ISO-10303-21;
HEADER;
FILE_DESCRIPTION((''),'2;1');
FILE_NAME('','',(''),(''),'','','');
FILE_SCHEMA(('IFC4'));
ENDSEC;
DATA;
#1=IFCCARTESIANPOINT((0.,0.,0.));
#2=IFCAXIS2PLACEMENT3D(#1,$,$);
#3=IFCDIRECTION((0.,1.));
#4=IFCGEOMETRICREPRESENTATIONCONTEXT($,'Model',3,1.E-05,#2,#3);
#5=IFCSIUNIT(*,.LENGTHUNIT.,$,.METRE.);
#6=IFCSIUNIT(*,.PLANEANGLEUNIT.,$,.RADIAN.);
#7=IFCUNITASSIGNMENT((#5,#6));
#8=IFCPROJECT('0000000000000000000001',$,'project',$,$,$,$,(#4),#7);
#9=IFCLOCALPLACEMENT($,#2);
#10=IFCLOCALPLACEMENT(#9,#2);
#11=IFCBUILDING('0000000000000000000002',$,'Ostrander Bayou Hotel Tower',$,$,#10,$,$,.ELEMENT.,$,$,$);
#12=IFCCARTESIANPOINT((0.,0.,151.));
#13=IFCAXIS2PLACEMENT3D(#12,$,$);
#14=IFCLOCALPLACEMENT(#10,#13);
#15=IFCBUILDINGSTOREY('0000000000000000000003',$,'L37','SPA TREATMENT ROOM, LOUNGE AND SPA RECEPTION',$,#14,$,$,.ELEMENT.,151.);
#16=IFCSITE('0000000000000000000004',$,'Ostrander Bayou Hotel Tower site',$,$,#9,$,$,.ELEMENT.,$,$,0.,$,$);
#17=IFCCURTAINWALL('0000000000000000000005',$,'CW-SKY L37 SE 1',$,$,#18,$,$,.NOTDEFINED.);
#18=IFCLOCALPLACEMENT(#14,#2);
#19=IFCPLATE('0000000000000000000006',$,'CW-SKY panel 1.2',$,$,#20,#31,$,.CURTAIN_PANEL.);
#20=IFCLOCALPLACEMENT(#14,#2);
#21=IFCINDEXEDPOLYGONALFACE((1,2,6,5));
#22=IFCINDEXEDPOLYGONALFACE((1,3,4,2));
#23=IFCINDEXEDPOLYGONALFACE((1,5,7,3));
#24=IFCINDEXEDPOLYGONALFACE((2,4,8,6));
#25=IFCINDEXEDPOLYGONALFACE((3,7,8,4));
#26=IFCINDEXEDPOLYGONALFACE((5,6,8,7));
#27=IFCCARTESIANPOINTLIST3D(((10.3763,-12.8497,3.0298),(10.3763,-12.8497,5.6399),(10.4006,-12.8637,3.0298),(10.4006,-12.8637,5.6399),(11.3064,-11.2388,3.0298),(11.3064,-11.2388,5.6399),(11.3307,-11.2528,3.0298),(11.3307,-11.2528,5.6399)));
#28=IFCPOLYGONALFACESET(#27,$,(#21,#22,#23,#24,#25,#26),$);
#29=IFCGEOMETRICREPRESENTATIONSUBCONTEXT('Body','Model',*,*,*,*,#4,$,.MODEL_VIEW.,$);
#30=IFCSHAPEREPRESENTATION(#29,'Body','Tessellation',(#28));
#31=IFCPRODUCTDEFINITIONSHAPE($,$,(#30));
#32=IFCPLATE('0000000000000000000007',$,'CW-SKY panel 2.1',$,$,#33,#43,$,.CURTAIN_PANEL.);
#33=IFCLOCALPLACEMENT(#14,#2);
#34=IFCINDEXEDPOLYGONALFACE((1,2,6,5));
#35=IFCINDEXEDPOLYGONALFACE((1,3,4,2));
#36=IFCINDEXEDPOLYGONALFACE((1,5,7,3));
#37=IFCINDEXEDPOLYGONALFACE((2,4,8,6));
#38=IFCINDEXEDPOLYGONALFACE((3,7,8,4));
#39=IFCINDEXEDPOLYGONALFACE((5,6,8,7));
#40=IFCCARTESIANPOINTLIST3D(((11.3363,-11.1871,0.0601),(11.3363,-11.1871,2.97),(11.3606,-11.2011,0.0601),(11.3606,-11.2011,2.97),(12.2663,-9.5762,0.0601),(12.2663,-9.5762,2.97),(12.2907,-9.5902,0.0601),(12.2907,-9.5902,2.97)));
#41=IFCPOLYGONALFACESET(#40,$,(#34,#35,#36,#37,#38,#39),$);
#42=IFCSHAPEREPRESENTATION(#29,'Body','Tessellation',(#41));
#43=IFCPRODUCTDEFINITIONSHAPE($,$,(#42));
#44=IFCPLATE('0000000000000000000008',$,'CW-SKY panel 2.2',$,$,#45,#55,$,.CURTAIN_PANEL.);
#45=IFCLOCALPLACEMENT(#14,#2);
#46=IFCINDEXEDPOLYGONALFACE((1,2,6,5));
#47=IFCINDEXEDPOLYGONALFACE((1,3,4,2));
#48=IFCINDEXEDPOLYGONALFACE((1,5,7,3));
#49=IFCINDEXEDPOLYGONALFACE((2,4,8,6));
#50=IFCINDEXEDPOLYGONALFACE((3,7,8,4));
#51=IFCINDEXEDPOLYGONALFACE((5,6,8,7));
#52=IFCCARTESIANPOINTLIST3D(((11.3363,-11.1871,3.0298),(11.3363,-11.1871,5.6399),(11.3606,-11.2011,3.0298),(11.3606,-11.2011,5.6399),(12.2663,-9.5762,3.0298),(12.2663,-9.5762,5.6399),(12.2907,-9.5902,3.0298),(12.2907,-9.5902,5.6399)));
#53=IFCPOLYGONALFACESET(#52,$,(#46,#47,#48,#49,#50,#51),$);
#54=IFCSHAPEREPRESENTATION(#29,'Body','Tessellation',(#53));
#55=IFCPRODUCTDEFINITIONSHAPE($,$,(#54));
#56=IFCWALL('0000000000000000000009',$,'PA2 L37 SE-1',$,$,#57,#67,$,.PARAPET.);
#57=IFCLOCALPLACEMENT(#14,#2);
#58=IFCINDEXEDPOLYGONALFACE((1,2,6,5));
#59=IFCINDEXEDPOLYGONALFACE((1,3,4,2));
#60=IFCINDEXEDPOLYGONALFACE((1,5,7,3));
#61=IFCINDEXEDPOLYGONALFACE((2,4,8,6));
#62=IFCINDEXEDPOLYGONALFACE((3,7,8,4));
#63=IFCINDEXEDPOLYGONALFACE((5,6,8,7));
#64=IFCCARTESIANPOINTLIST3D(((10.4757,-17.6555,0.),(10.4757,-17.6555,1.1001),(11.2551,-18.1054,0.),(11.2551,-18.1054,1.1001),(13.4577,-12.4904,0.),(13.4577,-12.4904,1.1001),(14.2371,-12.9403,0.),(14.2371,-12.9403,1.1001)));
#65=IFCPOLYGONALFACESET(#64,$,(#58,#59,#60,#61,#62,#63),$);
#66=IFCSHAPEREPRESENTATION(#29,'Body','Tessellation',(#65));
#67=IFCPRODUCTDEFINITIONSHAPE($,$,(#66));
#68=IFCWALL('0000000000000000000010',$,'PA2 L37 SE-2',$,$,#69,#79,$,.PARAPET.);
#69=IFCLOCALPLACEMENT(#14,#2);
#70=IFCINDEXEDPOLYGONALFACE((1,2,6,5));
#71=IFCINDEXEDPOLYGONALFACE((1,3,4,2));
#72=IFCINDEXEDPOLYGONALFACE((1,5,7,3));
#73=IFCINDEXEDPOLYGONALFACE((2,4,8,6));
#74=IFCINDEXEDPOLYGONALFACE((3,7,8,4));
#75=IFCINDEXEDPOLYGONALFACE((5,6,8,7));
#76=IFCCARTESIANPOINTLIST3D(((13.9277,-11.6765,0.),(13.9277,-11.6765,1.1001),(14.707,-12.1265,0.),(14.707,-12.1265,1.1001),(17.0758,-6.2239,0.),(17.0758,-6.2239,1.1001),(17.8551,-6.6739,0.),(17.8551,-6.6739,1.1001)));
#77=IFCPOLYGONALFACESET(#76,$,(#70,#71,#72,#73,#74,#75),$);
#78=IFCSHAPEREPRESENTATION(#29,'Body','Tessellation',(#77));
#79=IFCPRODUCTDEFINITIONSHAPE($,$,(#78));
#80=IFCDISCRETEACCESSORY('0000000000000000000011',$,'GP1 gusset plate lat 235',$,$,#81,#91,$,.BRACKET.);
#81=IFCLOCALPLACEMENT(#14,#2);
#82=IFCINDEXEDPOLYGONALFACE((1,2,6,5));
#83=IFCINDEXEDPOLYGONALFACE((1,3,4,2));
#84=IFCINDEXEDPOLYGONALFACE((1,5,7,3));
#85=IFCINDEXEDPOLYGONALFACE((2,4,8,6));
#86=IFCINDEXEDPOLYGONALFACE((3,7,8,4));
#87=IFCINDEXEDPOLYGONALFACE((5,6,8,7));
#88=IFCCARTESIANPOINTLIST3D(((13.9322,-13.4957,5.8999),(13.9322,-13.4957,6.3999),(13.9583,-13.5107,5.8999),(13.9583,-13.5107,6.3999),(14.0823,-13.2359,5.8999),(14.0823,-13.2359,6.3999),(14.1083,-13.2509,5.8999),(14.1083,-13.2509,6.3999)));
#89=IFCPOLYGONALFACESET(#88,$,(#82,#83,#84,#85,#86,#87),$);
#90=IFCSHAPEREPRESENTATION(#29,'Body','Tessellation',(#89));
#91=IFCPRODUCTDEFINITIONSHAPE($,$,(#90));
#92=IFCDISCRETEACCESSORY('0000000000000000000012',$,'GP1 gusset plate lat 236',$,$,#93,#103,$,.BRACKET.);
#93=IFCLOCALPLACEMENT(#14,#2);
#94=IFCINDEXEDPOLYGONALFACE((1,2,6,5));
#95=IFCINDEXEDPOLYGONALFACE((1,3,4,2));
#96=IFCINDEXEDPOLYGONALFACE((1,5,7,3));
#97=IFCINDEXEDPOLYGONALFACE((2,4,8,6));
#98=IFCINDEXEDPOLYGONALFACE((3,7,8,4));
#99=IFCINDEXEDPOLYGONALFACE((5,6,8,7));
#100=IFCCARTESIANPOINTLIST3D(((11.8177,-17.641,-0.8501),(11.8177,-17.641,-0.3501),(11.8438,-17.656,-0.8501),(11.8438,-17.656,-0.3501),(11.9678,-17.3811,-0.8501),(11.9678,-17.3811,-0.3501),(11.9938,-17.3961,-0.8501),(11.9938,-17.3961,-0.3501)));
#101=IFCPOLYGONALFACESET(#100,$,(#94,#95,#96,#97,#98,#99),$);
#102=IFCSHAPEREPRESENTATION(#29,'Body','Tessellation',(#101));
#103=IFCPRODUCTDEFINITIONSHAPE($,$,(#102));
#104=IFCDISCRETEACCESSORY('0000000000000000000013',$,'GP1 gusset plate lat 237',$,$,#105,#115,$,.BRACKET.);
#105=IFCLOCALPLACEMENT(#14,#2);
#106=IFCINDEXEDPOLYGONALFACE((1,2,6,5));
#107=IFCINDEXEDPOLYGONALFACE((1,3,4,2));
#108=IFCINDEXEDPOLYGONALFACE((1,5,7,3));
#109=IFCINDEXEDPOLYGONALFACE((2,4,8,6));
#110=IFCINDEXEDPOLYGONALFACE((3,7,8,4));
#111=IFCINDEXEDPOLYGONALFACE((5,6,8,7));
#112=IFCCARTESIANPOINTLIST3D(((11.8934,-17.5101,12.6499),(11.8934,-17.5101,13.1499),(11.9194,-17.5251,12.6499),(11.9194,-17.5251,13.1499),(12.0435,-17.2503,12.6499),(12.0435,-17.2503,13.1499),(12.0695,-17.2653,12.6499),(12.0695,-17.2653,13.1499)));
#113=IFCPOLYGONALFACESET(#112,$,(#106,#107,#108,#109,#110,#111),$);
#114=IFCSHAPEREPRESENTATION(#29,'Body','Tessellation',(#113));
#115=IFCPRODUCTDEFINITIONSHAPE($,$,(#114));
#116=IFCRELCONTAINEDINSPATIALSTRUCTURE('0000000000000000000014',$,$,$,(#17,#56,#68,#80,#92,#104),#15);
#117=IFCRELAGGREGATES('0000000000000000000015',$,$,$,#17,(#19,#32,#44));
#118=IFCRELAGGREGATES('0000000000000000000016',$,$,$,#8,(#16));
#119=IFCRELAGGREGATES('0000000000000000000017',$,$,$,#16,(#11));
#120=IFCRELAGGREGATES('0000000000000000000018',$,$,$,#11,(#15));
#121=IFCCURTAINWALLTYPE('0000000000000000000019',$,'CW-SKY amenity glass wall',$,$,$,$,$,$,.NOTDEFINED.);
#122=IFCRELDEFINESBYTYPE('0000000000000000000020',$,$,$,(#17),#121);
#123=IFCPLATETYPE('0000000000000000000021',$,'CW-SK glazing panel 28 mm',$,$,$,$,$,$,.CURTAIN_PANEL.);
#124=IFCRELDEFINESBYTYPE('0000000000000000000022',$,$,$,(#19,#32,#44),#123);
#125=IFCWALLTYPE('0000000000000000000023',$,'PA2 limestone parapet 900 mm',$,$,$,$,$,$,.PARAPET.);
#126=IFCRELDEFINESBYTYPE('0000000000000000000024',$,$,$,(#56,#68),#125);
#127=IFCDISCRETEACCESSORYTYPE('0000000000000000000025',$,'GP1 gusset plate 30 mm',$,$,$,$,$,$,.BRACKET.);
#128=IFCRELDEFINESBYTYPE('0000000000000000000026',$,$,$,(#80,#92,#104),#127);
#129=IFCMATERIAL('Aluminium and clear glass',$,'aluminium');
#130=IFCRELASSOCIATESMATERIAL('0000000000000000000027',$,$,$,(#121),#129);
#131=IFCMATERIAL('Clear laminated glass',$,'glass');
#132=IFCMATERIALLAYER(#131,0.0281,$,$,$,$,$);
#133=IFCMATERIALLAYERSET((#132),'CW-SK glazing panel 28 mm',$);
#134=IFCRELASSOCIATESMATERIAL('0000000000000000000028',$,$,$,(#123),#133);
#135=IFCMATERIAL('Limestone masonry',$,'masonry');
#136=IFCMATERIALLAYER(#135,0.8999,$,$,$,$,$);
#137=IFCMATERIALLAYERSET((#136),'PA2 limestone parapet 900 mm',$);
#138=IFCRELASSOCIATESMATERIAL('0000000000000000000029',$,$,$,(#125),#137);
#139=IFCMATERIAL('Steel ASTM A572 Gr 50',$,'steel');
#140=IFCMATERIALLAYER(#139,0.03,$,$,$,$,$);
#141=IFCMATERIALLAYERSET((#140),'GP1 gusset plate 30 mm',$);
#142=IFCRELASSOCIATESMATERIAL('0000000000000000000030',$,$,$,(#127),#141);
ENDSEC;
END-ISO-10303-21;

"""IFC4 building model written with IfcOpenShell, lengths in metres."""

from ifc_helpers import new_model, si_unit, direction, frame, frame_2d, origin, origin_2d, place, context, subcontext, project, spatial, rectangle, extrude, material, layer, layer_set, type_object, element, aggregate, save


model = new_model("IFC4")

# Units and contexts
model_context = context("Model", 3, precision=1e-05, world=origin(), true_north=direction((0.0, 1.0)))
body_context = subcontext(model_context, "Body", "Model", "MODEL_VIEW")
ifc_project = project(units=[si_unit("LENGTHUNIT", "METRE"), si_unit("PLANEANGLEUNIT", "RADIAN")], contexts=[model_context])

# Site, building, storey
site_placement = place(None, origin())
site = spatial("IfcSite", under=ifc_project, at=site_placement, Name="Ostrander Bayou Hotel Tower site", CompositionType="ELEMENT", RefElevation=0.0)
building_placement = place(site_placement, origin())
building = spatial("IfcBuilding", under=site, at=building_placement, Name="Ostrander Bayou Hotel Tower", CompositionType="ELEMENT")
storey_placement = place(building_placement, frame((0.0, 0.0, 151.0)))
storey = spatial("IfcBuildingStorey", under=building, at=storey_placement, Name="L37", Description="SPA TREATMENT ROOM, LOUNGE AND SPA RECEPTION", CompositionType="ELEMENT", Elevation=151.0)

# Curtain wall
ifc_material_1 = material(Name="Aluminium and clear glass", Category="aluminium")
curtain_wall_type_1 = type_object("IfcCurtainWallType", Name="CW-SKY amenity glass wall", PredefinedType="NOTDEFINED", material=ifc_material_1)
curtain_wall_1_placement = place(storey_placement, origin())
curtain_wall_1 = element("IfcCurtainWall", 1, at=curtain_wall_1_placement, inside=storey, type_object=curtain_wall_type_1, Name="CW-SKY L37 SE 1", PredefinedType="NOTDEFINED")

# Plates
ifc_material_2 = material(Name="Clear laminated glass", Category="glass")
ifc_layer_1 = layer(ifc_material_2, 0.0281)
ifc_layer_set_1 = layer_set([ifc_layer_1], Name="CW-SK glazing panel 28 mm")
plate_type_1 = type_object("IfcPlateType", Name="CW-SK glazing panel 28 mm", PredefinedType="CURTAIN_PANEL", material=ifc_layer_set_1)
plate_1_placement = place(storey_placement, frame((10.8535, -12.0513, 3.0298), z_axis=(0.0, 0.0, 1.0), x_axis=(0.5, 0.866025, 0.0)))
plate_1 = element("IfcPlate", 2, at=plate_1_placement, type_object=plate_type_1, Name="CW-SKY panel 1.2", PredefinedType="CURTAIN_PANEL", context=body_context, shape_type="SweptSolid", body=[
    extrude(rectangle(XDim=1.8601, YDim=0.0281, at=origin_2d()), origin(), (0.0, 0.0, 1.0), 2.6101),
])
plate_2_placement = place(storey_placement, frame((11.8135, -10.3887, 0.0601), z_axis=(0.0, 0.0, 1.0), x_axis=(0.5, 0.866025, 0.0)))
plate_2 = element("IfcPlate", 3, at=plate_2_placement, type_object=plate_type_1, Name="CW-SKY panel 2.1", PredefinedType="CURTAIN_PANEL", context=body_context, shape_type="SweptSolid", body=[
    extrude(rectangle(XDim=1.8601, YDim=0.0281, at=origin_2d()), origin(), (0.0, 0.0, 1.0), 2.9099),
])
plate_3_placement = place(storey_placement, frame((11.8135, -10.3887, 3.0298), z_axis=(0.0, 0.0, 1.0), x_axis=(0.5, 0.866025, 0.0)))
plate_3 = element("IfcPlate", 4, at=plate_3_placement, type_object=plate_type_1, Name="CW-SKY panel 2.2", PredefinedType="CURTAIN_PANEL", context=body_context, shape_type="SweptSolid", body=[
    extrude(rectangle(XDim=1.8601, YDim=0.0281, at=origin_2d()), origin(), (0.0, 0.0, 1.0), 2.6101),
])
aggregate(curtain_wall_1, [plate_1, plate_2, plate_3])

# Walls
ifc_material_3 = material(Name="Limestone masonry", Category="masonry")
ifc_layer_2 = layer(ifc_material_3, 0.8999)
ifc_layer_set_2 = layer_set([ifc_layer_2], Name="PA2 limestone parapet 900 mm")
wall_type = type_object("IfcWallType", Name="PA2 limestone parapet 900 mm", PredefinedType="PARAPET", material=ifc_layer_set_2)
wall_1_placement = place(storey_placement, frame((10.8655, -17.8804, 0.0), z_axis=(0.0, 0.0, 1.0), x_axis=(0.499987, 0.866033, 0.0)))
element("IfcWall", 5, at=wall_1_placement, inside=storey, type_object=wall_type, Name="PA2 L37 SE-1", PredefinedType="PARAPET", context=body_context, shape_type="SweptSolid", body=[
    extrude(rectangle(XDim=5.9641, YDim=0.8999, at=frame_2d((2.9819, 0.0))), origin(), (0.0, 0.0, 1.0), 1.1001),
])
wall_2_placement = place(storey_placement, frame((14.3174, -11.9014, 0.0), z_axis=(0.0, 0.0, 1.0), x_axis=(0.500013, 0.866018, 0.0)))
element("IfcWall", 6, at=wall_2_placement, inside=storey, type_object=wall_type, Name="PA2 L37 SE-2", PredefinedType="PARAPET", context=body_context, shape_type="SweptSolid", body=[
    extrude(rectangle(XDim=6.2961, YDim=0.8999, at=frame_2d((3.1479, 0.0))), origin(), (0.0, 0.0, 1.0), 1.1001),
])

# Discrete accessories
ifc_material_4 = material(Name="Steel ASTM A572 Gr 50", Category="steel")
ifc_layer_3 = layer(ifc_material_4, 0.03)
ifc_layer_set_3 = layer_set([ifc_layer_3], Name="GP1 gusset plate 30 mm")
discrete_accessory_type = type_object("IfcDiscreteAccessoryType", Name="GP1 gusset plate 30 mm", PredefinedType="BRACKET", material=ifc_layer_set_3)
for number, where, z_axis, x_axis, name in (
    (7, (14.0203, -13.3733, 5.8999), (0.0, 0.0, 1.0), (0.5, 0.866025, 0.0), "GP1 gusset plate lat 235"),
    (8, (11.9058, -17.5186, -0.8501), (0.0, 0.0, 1.0), (0.5, 0.866025, 0.0), "GP1 gusset plate lat 236"),
    (9, (11.9814, -17.3877, 12.6499), (0.0, 0.0, 1.0), (0.5, 0.866025, 0.0), "GP1 gusset plate lat 237"),
):
    element("IfcDiscreteAccessory", number, at=place(storey_placement, frame(where, z_axis=z_axis, x_axis=x_axis)), inside=storey, type_object=discrete_accessory_type, Name=name, PredefinedType="BRACKET", context=body_context, shape_type="SweptSolid", body=[
        extrude(rectangle(XDim=0.3, YDim=0.03, at=origin_2d()), origin(), (0.0, 0.0, 1.0), 0.5),
    ])

save(model, "model.ifc")
